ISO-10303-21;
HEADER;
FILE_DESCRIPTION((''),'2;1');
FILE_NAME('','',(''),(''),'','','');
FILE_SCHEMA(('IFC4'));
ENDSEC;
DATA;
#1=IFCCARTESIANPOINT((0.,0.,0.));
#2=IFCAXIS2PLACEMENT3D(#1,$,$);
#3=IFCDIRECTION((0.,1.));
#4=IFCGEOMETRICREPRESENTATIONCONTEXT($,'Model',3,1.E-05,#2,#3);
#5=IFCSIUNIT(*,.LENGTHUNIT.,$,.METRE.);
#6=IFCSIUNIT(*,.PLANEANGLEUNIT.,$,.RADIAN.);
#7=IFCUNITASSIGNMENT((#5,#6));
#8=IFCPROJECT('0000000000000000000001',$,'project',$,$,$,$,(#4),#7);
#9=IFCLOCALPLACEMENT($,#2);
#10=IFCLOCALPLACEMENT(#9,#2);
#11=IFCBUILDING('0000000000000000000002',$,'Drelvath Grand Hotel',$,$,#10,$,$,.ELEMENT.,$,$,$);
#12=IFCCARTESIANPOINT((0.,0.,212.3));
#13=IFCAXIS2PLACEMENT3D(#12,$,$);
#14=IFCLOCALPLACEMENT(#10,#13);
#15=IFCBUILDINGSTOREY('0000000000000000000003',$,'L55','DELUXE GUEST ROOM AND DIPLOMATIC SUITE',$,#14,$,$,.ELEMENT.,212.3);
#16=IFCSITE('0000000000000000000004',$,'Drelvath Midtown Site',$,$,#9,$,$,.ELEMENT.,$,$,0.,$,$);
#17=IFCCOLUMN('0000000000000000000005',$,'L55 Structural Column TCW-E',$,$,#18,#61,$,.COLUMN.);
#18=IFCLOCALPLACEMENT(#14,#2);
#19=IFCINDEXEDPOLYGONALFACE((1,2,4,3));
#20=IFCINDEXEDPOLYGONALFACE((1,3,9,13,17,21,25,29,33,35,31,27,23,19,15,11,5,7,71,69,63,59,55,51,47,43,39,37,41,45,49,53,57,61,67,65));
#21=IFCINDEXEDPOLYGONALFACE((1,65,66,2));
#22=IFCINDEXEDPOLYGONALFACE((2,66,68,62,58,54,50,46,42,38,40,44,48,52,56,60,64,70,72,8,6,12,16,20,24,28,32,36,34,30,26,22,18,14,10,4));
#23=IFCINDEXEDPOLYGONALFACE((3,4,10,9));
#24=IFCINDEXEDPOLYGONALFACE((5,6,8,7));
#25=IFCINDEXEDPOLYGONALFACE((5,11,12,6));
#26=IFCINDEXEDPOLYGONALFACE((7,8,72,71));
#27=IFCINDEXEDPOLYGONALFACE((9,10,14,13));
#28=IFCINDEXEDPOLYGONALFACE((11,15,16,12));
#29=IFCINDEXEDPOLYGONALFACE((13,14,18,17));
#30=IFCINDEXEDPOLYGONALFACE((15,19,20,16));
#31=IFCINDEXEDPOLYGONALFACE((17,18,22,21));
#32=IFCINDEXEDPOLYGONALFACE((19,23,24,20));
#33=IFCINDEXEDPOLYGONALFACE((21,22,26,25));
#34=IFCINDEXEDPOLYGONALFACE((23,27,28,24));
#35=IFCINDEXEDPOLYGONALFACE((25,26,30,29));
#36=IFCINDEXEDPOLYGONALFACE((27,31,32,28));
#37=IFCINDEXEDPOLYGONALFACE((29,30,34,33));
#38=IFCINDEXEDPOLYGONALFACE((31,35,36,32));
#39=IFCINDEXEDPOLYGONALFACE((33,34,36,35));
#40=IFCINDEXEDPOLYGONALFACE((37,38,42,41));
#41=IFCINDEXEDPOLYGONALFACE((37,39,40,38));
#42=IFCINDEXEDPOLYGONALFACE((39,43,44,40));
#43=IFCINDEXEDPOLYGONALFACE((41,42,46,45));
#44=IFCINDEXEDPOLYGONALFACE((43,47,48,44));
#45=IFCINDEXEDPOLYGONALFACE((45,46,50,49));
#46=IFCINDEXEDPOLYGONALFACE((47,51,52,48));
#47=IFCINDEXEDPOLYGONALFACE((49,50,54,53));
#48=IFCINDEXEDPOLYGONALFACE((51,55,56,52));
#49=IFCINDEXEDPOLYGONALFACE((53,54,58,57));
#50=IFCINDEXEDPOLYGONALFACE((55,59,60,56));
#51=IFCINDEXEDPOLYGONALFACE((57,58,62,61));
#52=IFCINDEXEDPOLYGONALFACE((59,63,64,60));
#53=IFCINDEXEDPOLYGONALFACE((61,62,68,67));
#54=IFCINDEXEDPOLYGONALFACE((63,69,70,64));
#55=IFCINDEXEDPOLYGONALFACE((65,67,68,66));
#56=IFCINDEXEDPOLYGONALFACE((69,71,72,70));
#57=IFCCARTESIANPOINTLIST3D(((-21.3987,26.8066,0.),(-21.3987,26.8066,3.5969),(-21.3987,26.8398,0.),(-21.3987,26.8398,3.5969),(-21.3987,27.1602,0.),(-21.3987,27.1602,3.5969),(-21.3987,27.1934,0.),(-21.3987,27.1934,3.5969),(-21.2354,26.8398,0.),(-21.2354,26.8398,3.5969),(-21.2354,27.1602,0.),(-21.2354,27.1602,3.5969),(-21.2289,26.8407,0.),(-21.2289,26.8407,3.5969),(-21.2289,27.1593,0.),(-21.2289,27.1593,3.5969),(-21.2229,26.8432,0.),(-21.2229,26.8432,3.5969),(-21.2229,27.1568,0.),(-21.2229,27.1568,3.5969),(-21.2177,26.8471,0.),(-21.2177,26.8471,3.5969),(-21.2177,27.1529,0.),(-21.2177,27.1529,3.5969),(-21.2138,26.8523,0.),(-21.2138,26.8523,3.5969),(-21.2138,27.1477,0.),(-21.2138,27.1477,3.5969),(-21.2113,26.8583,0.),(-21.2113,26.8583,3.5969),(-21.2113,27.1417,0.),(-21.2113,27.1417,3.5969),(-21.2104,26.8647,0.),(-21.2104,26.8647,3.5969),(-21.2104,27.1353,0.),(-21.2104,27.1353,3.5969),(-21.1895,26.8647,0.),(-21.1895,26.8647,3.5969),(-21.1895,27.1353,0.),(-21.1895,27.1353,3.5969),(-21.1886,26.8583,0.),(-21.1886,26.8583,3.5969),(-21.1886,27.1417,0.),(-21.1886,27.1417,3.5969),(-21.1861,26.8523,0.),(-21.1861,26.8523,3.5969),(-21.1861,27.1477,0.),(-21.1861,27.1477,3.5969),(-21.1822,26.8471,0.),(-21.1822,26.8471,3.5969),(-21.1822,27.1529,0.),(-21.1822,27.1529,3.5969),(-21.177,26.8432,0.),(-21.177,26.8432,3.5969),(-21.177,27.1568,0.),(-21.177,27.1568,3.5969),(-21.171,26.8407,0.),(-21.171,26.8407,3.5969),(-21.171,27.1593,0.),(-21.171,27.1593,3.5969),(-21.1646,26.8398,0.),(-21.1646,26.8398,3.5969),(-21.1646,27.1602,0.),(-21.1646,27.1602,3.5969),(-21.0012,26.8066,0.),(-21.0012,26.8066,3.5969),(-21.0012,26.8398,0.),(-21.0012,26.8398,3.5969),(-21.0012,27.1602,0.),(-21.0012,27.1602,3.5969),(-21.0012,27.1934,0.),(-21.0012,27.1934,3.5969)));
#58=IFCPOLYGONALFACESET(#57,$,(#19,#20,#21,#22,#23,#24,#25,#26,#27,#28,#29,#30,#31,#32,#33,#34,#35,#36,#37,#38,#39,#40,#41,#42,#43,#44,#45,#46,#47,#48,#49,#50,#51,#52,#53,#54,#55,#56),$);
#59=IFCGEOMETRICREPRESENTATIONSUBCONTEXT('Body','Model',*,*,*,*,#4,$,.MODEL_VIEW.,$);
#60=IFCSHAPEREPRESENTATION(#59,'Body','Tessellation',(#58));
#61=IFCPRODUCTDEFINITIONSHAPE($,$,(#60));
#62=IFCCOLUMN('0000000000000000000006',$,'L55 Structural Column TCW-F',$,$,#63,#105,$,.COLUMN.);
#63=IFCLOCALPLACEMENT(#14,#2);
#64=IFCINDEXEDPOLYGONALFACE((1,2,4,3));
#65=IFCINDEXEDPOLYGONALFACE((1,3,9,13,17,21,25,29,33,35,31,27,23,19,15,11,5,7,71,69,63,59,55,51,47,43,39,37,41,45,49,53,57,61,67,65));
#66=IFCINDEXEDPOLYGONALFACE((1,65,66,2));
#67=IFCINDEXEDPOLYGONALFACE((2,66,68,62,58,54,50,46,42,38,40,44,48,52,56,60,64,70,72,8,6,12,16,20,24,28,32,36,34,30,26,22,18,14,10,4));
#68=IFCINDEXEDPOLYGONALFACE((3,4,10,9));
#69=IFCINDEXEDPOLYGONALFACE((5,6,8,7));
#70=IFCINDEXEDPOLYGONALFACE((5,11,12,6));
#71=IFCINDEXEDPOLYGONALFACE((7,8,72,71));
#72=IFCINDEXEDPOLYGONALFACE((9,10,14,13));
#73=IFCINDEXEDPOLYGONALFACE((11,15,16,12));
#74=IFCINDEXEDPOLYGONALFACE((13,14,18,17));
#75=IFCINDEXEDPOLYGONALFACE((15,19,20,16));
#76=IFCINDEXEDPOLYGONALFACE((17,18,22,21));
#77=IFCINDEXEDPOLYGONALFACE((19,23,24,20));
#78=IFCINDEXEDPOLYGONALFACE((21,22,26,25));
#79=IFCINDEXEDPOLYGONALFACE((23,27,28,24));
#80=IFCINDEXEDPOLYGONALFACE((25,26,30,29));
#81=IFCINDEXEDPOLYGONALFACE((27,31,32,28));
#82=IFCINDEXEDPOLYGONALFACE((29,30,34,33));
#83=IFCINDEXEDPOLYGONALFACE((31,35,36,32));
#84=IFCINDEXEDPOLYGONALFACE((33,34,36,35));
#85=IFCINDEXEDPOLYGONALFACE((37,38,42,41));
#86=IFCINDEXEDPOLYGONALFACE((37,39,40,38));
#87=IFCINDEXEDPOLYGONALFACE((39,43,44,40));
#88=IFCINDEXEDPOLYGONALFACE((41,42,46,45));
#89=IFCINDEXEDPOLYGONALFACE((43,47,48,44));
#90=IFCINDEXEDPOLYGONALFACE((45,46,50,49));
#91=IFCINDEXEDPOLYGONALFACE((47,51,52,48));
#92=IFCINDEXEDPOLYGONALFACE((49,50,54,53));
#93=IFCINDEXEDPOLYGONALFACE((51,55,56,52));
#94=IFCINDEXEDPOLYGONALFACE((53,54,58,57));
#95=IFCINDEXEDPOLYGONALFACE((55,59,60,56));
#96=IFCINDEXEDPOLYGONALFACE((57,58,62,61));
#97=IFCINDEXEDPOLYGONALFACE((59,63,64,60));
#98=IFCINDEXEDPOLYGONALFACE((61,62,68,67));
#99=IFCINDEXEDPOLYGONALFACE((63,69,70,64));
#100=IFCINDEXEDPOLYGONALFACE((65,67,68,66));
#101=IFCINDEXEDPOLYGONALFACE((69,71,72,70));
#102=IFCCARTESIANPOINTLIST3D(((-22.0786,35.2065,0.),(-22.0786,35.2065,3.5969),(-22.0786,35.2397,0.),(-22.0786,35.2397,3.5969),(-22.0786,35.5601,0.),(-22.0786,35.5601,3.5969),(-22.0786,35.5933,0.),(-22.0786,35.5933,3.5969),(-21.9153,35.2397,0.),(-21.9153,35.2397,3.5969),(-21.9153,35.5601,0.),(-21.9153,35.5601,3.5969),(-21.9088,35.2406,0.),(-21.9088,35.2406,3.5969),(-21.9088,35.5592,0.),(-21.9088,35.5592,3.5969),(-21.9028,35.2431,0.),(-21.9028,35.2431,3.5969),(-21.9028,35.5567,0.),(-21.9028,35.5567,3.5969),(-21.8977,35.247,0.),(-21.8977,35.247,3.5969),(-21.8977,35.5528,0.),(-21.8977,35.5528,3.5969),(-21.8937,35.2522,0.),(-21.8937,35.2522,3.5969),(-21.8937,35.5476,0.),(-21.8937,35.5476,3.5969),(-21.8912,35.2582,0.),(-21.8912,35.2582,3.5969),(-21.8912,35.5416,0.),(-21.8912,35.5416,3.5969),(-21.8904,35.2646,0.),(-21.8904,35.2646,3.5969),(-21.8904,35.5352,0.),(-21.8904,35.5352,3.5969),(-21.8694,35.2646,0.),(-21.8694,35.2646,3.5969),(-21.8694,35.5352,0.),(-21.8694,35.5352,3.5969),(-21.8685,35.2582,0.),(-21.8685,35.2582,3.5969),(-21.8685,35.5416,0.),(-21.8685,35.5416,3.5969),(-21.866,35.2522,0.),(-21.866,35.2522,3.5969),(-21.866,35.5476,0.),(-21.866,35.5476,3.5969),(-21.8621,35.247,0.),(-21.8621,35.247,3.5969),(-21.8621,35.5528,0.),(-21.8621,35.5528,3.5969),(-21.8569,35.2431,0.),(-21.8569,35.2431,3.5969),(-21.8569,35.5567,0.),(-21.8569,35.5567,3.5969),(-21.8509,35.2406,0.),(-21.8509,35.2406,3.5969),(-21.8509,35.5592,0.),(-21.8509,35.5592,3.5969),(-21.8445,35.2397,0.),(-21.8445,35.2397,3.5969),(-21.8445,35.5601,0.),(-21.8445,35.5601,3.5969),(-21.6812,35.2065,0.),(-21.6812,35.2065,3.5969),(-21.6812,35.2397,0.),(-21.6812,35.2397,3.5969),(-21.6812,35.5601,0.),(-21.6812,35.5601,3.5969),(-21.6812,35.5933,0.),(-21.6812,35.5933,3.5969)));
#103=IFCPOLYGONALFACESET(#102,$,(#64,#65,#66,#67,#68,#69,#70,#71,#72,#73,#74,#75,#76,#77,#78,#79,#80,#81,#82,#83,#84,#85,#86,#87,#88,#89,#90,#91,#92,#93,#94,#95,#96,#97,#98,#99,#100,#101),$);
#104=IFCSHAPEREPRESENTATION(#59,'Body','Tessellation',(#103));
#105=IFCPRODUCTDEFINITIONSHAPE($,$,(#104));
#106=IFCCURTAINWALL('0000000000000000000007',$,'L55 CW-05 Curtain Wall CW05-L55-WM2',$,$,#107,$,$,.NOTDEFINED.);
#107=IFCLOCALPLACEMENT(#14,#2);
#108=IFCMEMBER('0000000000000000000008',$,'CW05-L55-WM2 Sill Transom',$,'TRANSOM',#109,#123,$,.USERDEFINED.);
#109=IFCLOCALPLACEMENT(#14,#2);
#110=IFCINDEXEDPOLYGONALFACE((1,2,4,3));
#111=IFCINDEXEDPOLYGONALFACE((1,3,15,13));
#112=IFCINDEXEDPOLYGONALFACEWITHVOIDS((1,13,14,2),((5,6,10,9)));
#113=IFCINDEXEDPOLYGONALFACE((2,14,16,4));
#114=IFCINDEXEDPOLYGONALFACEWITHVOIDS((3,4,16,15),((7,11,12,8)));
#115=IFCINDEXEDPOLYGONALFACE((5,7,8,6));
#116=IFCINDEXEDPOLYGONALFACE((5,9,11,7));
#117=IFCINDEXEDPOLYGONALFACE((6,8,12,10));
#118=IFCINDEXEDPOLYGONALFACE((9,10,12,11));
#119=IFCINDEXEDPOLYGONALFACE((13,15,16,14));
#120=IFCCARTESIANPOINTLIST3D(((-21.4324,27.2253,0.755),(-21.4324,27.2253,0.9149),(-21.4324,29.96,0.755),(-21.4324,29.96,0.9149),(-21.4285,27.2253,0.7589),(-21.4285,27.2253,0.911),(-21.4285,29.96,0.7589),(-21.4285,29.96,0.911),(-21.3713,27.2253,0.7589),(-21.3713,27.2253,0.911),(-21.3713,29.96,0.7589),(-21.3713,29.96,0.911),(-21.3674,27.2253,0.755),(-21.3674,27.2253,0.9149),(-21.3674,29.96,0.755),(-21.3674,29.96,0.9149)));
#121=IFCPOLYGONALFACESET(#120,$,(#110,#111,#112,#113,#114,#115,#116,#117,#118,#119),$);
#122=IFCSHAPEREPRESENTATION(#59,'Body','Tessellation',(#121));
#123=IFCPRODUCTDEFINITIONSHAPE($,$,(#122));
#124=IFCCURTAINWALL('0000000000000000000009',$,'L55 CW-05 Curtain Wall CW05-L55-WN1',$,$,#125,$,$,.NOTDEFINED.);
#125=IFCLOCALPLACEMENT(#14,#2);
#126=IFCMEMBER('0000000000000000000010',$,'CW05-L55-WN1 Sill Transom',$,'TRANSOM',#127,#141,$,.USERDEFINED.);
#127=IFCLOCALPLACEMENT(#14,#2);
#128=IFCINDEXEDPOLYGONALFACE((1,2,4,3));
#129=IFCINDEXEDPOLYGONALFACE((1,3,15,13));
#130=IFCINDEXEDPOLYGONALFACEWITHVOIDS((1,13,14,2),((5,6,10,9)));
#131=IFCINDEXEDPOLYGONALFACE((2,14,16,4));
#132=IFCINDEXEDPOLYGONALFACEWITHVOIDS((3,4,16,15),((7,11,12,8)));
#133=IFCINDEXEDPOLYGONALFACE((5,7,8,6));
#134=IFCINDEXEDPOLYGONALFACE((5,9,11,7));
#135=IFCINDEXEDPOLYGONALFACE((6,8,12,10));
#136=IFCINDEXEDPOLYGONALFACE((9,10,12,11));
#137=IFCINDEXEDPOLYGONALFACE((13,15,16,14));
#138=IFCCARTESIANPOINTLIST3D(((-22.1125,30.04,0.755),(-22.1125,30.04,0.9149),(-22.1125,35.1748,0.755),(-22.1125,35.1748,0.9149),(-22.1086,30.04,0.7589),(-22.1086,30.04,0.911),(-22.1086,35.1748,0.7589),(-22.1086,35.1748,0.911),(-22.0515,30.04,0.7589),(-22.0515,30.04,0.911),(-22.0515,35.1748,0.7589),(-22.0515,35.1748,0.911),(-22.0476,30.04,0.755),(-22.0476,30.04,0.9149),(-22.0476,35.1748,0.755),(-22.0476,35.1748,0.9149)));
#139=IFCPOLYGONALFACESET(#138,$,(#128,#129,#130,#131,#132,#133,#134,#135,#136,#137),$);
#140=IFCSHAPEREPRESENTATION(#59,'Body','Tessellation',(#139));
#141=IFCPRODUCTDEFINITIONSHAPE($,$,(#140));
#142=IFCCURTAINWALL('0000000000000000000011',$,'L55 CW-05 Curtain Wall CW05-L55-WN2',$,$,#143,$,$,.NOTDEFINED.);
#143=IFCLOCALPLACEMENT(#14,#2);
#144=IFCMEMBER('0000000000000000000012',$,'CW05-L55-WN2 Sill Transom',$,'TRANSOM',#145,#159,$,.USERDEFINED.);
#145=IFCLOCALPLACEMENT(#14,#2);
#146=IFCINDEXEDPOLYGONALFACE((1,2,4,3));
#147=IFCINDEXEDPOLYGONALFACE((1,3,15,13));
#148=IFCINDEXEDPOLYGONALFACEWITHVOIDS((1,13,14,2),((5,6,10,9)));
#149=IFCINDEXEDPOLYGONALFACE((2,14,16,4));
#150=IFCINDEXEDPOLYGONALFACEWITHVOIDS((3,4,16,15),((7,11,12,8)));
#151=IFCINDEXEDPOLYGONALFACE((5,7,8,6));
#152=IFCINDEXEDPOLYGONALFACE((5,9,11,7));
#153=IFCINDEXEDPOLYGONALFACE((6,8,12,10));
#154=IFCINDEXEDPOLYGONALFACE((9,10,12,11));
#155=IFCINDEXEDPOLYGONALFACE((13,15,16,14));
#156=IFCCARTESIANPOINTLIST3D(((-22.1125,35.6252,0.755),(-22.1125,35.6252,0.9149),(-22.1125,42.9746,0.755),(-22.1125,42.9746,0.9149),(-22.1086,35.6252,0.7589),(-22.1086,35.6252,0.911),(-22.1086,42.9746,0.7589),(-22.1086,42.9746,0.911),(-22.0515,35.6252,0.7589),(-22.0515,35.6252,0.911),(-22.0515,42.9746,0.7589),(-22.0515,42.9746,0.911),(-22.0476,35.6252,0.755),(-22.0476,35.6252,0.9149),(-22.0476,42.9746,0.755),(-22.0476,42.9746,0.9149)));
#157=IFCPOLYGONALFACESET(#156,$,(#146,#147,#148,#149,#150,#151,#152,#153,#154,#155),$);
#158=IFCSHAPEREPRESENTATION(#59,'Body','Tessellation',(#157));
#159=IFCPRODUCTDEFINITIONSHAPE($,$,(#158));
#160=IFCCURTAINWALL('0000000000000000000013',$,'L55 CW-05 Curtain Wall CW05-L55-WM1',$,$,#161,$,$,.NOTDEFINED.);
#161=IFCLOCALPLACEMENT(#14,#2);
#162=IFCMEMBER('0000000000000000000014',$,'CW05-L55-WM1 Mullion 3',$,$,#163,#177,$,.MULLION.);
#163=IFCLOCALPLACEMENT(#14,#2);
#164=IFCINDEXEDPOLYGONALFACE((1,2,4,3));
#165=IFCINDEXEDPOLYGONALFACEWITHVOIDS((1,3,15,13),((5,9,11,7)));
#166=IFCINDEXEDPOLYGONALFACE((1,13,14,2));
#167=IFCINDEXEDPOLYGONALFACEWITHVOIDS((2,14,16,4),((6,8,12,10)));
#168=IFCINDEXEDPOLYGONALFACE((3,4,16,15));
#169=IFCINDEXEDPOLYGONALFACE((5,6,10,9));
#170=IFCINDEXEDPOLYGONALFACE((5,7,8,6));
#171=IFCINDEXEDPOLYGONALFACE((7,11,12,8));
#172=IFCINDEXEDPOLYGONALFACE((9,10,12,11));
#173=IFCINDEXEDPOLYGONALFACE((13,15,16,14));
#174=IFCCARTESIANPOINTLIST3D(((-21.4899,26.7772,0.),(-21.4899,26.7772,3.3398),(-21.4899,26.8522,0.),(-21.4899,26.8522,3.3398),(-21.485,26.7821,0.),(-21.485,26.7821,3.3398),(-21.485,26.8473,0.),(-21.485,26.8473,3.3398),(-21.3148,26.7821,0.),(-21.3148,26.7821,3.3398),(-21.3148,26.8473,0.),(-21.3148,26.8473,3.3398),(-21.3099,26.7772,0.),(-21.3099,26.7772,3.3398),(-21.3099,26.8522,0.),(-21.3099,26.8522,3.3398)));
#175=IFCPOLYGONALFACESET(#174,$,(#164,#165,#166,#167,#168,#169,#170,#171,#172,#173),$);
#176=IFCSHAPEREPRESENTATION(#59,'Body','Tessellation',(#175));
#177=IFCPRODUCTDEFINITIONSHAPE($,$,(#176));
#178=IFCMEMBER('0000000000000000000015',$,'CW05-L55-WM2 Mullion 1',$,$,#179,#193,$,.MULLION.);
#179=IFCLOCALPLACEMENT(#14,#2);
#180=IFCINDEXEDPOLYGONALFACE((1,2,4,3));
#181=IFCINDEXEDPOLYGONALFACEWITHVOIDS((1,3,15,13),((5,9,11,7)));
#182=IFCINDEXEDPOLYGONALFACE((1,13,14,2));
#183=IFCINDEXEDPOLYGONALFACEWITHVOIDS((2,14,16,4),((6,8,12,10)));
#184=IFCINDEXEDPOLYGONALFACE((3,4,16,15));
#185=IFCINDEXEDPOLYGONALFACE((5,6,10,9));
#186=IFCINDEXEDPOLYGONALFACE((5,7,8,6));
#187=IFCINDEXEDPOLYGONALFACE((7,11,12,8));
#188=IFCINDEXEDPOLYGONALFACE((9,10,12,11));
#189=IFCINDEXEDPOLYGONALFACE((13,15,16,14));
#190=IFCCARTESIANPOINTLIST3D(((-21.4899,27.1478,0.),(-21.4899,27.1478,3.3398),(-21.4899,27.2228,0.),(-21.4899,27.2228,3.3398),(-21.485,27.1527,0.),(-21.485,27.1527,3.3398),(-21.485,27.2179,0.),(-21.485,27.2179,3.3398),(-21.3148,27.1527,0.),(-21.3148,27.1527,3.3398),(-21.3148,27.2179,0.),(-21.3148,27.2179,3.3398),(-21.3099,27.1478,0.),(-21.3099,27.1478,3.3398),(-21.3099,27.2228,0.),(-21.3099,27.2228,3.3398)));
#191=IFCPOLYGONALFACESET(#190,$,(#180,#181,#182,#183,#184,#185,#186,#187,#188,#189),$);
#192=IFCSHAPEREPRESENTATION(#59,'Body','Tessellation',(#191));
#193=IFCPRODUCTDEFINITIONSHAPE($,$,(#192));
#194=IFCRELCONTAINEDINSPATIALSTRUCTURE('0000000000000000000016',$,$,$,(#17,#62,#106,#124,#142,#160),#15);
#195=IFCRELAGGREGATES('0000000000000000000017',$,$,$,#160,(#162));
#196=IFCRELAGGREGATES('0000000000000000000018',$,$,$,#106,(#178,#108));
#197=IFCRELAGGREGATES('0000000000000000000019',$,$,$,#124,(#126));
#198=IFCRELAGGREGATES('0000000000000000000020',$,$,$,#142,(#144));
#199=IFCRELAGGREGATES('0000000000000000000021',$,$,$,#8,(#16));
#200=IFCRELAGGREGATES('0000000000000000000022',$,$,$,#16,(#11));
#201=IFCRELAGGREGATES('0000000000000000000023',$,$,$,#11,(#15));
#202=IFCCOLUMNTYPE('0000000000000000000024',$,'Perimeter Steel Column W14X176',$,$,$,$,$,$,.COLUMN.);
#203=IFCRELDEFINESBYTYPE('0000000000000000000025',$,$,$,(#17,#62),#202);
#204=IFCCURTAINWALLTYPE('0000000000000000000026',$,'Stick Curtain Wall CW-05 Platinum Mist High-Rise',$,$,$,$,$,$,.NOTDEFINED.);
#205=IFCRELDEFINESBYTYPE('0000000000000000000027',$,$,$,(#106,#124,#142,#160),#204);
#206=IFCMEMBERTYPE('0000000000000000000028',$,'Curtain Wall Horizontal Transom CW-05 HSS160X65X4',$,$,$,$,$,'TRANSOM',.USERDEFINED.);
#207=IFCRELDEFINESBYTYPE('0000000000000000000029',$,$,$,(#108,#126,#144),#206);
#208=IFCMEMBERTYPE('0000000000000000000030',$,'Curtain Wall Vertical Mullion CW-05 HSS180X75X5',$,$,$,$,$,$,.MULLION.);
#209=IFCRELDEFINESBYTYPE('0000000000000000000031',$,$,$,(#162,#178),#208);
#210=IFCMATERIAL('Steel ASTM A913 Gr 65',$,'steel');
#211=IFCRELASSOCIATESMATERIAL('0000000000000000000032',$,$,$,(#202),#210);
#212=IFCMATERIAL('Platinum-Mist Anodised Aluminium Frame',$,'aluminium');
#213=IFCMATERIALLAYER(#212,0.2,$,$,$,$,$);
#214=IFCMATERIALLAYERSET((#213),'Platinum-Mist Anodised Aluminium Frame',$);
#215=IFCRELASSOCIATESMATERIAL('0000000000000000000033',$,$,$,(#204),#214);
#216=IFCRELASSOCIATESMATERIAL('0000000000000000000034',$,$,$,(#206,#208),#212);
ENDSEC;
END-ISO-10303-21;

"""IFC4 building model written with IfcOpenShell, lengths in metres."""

from ifc_helpers import new_model, si_unit, direction, frame, origin, origin_2d, place, context, subcontext, project, spatial, hollow_rectangle, i_section, extrude, material, layer, layer_set, material_profile, profile_set, type_object, element, aggregate, save


model = new_model("IFC4")

# Units and contexts
model_context = context("Model", 3, precision=1e-05, world=origin(), true_north=direction((0.0, 1.0)))
body_context = subcontext(model_context, "Body", "Model", "MODEL_VIEW")
ifc_project = project(units=[si_unit("LENGTHUNIT", "METRE"), si_unit("PLANEANGLEUNIT", "RADIAN")], contexts=[model_context])

# Site, building, storey
site_placement = place(None, origin())
site = spatial("IfcSite", under=ifc_project, at=site_placement, Name="Drelvath Midtown Site", CompositionType="ELEMENT", RefElevation=0.0)
building_placement = place(site_placement, origin())
building = spatial("IfcBuilding", under=site, at=building_placement, Name="Drelvath Grand Hotel", CompositionType="ELEMENT")
storey_placement = place(building_placement, frame((0.0, 0.0, 212.3)))
storey = spatial("IfcBuildingStorey", under=building, at=storey_placement, Name="L55", Description="DELUXE GUEST ROOM AND DIPLOMATIC SUITE", CompositionType="ELEMENT", Elevation=212.3)

# Columns
ifc_material_1 = material(Name="Steel ASTM A913 Gr 65", Category="steel")
ifc_material_profile_1 = material_profile(ifc_material_1, i_section(OverallWidth=0.3975, OverallDepth=0.3867, WebThickness=0.021, FlangeThickness=0.0332, FilletRadius=0.0249, at=origin_2d()), Name="W14X176")
ifc_profile_set_1 = profile_set([ifc_material_profile_1], Name="Steel ASTM A913 Gr 65")
column_type = type_object("IfcColumnType", Name="Perimeter Steel Column W14X176", PredefinedType="COLUMN", material=ifc_profile_set_1)
for number, where, z_axis, x_axis, name in (
    (1, (-21.2, 27.0, 0.0), (0.0, 0.0, 1.0), (1.0, 0.0, 0.0), "L55 Structural Column TCW-E"),
    (2, (-21.8799, 35.3999, 0.0), (0.0, 0.0, 1.0), (1.0, 0.0, 0.0), "L55 Structural Column TCW-F"),
):
    element("IfcColumn", number, at=place(storey_placement, frame(where, z_axis=z_axis, x_axis=x_axis)), inside=storey, type_object=column_type, Name=name, PredefinedType="COLUMN", context=body_context, shape_type="SweptSolid", body=[
        extrude(i_section(OverallWidth=0.3975, OverallDepth=0.3867, WebThickness=0.021, FlangeThickness=0.0332, FilletRadius=0.0249, at=origin_2d()), origin(), (0.0, 0.0, 1.0), 3.5969),
    ])

# Curtain walls, members
ifc_material_2 = material(Name="Platinum-Mist Anodised Aluminium Frame", Category="aluminium")
ifc_layer_1 = layer(ifc_material_2, 0.2)
ifc_layer_set_1 = layer_set([ifc_layer_1], Name="Platinum-Mist Anodised Aluminium Frame")
curtain_wall_type = type_object("IfcCurtainWallType", Name="Stick Curtain Wall CW-05 Platinum Mist High-Rise", PredefinedType="NOTDEFINED", material=ifc_layer_set_1)
curtain_wall_1_placement = place(storey_placement, origin())
curtain_wall_1 = element("IfcCurtainWall", 3, at=curtain_wall_1_placement, inside=storey, type_object=curtain_wall_type, Name="L55 CW-05 Curtain Wall CW05-L55-WM2", PredefinedType="NOTDEFINED")
ifc_material_profile_2 = material_profile(ifc_material_2, hollow_rectangle(XDim=0.0649, YDim=0.1599, WallThickness=0.0039, at=origin_2d()), Name="HSS160X65X4")
ifc_profile_set_2 = profile_set([ifc_material_profile_2], Name="Platinum-Mist Anodised Aluminium Frame")
member_type_1 = type_object("IfcMemberType", Name="Curtain Wall Horizontal Transom CW-05 HSS160X65X4", ElementType="TRANSOM", PredefinedType="USERDEFINED", material=ifc_profile_set_2)
member_1_placement = place(storey_placement, frame((-21.3999, 27.2253, 0.835), z_axis=(0.0, 1.0, 0.0), x_axis=(-1.0, 0.0, 0.0)))
member_1 = element("IfcMember", 4, at=member_1_placement, type_object=member_type_1, Name="CW05-L55-WM2 Sill Transom", ObjectType="TRANSOM", PredefinedType="USERDEFINED", context=body_context, shape_type="SweptSolid", body=[
    extrude(hollow_rectangle(XDim=0.0649, YDim=0.1599, WallThickness=0.0039, at=origin_2d()), origin(), (0.0, 0.0, 1.0), 2.7346),
])
curtain_wall_2_placement = place(storey_placement, origin())
curtain_wall_2 = element("IfcCurtainWall", 5, at=curtain_wall_2_placement, inside=storey, type_object=curtain_wall_type, Name="L55 CW-05 Curtain Wall CW05-L55-WN1", PredefinedType="NOTDEFINED")
member_2_placement = place(storey_placement, frame((-22.0801, 30.04, 0.835), z_axis=(0.0, 1.0, 0.0), x_axis=(-1.0, 0.0, 0.0)))
member_2 = element("IfcMember", 6, at=member_2_placement, type_object=member_type_1, Name="CW05-L55-WN1 Sill Transom", ObjectType="TRANSOM", PredefinedType="USERDEFINED", context=body_context, shape_type="SweptSolid", body=[
    extrude(hollow_rectangle(XDim=0.0649, YDim=0.1599, WallThickness=0.0039, at=origin_2d()), origin(), (0.0, 0.0, 1.0), 5.1348),
])
curtain_wall_3_placement = place(storey_placement, origin())
curtain_wall_3 = element("IfcCurtainWall", 7, at=curtain_wall_3_placement, inside=storey, type_object=curtain_wall_type, Name="L55 CW-05 Curtain Wall CW05-L55-WN2", PredefinedType="NOTDEFINED")
member_3_placement = place(storey_placement, frame((-22.0801, 35.6252, 0.835), z_axis=(0.0, 1.0, 0.0), x_axis=(-1.0, 0.0, 0.0)))
member_3 = element("IfcMember", 8, at=member_3_placement, type_object=member_type_1, Name="CW05-L55-WN2 Sill Transom", ObjectType="TRANSOM", PredefinedType="USERDEFINED", context=body_context, shape_type="SweptSolid", body=[
    extrude(hollow_rectangle(XDim=0.0649, YDim=0.1599, WallThickness=0.0039, at=origin_2d()), origin(), (0.0, 0.0, 1.0), 7.3494),
])
curtain_wall_4_placement = place(storey_placement, origin())
curtain_wall_4 = element("IfcCurtainWall", 9, at=curtain_wall_4_placement, inside=storey, type_object=curtain_wall_type, Name="L55 CW-05 Curtain Wall CW05-L55-WM1", PredefinedType="NOTDEFINED")
ifc_material_profile_3 = material_profile(ifc_material_2, hollow_rectangle(XDim=0.075, YDim=0.1799, WallThickness=0.0049, at=origin_2d()), Name="HSS180X75X5")
ifc_profile_set_3 = profile_set([ifc_material_profile_3], Name="Platinum-Mist Anodised Aluminium Frame")
member_type_2 = type_object("IfcMemberType", Name="Curtain Wall Vertical Mullion CW-05 HSS180X75X5", PredefinedType="MULLION", material=ifc_profile_set_3)
member_4_placement = place(storey_placement, frame((-21.3999, 26.8147, 0.0), z_axis=(0.0, 0.0, 1.0), x_axis=(0.0, 1.0, 0.0)))
member_4 = element("IfcMember", 10, at=member_4_placement, type_object=member_type_2, Name="CW05-L55-WM1 Mullion 3", PredefinedType="MULLION", context=body_context, shape_type="SweptSolid", body=[
    extrude(hollow_rectangle(XDim=0.075, YDim=0.1799, WallThickness=0.0049, at=origin_2d()), origin(), (0.0, 0.0, 1.0), 3.3398),
])
aggregate(curtain_wall_4, [member_4])

# Member
member_5_placement = place(storey_placement, frame((-21.3999, 27.1853, 0.0), z_axis=(0.0, 0.0, 1.0), x_axis=(0.0, 1.0, 0.0)))
member_5 = element("IfcMember", 11, at=member_5_placement, type_object=member_type_2, Name="CW05-L55-WM2 Mullion 1", PredefinedType="MULLION", context=body_context, shape_type="SweptSolid", body=[
    extrude(hollow_rectangle(XDim=0.075, YDim=0.1799, WallThickness=0.0049, at=origin_2d()), origin(), (0.0, 0.0, 1.0), 3.3398),
])

aggregate(curtain_wall_1, [member_5, member_1])
aggregate(curtain_wall_2, [member_2])
aggregate(curtain_wall_3, [member_3])

save(model, "model.ifc")
